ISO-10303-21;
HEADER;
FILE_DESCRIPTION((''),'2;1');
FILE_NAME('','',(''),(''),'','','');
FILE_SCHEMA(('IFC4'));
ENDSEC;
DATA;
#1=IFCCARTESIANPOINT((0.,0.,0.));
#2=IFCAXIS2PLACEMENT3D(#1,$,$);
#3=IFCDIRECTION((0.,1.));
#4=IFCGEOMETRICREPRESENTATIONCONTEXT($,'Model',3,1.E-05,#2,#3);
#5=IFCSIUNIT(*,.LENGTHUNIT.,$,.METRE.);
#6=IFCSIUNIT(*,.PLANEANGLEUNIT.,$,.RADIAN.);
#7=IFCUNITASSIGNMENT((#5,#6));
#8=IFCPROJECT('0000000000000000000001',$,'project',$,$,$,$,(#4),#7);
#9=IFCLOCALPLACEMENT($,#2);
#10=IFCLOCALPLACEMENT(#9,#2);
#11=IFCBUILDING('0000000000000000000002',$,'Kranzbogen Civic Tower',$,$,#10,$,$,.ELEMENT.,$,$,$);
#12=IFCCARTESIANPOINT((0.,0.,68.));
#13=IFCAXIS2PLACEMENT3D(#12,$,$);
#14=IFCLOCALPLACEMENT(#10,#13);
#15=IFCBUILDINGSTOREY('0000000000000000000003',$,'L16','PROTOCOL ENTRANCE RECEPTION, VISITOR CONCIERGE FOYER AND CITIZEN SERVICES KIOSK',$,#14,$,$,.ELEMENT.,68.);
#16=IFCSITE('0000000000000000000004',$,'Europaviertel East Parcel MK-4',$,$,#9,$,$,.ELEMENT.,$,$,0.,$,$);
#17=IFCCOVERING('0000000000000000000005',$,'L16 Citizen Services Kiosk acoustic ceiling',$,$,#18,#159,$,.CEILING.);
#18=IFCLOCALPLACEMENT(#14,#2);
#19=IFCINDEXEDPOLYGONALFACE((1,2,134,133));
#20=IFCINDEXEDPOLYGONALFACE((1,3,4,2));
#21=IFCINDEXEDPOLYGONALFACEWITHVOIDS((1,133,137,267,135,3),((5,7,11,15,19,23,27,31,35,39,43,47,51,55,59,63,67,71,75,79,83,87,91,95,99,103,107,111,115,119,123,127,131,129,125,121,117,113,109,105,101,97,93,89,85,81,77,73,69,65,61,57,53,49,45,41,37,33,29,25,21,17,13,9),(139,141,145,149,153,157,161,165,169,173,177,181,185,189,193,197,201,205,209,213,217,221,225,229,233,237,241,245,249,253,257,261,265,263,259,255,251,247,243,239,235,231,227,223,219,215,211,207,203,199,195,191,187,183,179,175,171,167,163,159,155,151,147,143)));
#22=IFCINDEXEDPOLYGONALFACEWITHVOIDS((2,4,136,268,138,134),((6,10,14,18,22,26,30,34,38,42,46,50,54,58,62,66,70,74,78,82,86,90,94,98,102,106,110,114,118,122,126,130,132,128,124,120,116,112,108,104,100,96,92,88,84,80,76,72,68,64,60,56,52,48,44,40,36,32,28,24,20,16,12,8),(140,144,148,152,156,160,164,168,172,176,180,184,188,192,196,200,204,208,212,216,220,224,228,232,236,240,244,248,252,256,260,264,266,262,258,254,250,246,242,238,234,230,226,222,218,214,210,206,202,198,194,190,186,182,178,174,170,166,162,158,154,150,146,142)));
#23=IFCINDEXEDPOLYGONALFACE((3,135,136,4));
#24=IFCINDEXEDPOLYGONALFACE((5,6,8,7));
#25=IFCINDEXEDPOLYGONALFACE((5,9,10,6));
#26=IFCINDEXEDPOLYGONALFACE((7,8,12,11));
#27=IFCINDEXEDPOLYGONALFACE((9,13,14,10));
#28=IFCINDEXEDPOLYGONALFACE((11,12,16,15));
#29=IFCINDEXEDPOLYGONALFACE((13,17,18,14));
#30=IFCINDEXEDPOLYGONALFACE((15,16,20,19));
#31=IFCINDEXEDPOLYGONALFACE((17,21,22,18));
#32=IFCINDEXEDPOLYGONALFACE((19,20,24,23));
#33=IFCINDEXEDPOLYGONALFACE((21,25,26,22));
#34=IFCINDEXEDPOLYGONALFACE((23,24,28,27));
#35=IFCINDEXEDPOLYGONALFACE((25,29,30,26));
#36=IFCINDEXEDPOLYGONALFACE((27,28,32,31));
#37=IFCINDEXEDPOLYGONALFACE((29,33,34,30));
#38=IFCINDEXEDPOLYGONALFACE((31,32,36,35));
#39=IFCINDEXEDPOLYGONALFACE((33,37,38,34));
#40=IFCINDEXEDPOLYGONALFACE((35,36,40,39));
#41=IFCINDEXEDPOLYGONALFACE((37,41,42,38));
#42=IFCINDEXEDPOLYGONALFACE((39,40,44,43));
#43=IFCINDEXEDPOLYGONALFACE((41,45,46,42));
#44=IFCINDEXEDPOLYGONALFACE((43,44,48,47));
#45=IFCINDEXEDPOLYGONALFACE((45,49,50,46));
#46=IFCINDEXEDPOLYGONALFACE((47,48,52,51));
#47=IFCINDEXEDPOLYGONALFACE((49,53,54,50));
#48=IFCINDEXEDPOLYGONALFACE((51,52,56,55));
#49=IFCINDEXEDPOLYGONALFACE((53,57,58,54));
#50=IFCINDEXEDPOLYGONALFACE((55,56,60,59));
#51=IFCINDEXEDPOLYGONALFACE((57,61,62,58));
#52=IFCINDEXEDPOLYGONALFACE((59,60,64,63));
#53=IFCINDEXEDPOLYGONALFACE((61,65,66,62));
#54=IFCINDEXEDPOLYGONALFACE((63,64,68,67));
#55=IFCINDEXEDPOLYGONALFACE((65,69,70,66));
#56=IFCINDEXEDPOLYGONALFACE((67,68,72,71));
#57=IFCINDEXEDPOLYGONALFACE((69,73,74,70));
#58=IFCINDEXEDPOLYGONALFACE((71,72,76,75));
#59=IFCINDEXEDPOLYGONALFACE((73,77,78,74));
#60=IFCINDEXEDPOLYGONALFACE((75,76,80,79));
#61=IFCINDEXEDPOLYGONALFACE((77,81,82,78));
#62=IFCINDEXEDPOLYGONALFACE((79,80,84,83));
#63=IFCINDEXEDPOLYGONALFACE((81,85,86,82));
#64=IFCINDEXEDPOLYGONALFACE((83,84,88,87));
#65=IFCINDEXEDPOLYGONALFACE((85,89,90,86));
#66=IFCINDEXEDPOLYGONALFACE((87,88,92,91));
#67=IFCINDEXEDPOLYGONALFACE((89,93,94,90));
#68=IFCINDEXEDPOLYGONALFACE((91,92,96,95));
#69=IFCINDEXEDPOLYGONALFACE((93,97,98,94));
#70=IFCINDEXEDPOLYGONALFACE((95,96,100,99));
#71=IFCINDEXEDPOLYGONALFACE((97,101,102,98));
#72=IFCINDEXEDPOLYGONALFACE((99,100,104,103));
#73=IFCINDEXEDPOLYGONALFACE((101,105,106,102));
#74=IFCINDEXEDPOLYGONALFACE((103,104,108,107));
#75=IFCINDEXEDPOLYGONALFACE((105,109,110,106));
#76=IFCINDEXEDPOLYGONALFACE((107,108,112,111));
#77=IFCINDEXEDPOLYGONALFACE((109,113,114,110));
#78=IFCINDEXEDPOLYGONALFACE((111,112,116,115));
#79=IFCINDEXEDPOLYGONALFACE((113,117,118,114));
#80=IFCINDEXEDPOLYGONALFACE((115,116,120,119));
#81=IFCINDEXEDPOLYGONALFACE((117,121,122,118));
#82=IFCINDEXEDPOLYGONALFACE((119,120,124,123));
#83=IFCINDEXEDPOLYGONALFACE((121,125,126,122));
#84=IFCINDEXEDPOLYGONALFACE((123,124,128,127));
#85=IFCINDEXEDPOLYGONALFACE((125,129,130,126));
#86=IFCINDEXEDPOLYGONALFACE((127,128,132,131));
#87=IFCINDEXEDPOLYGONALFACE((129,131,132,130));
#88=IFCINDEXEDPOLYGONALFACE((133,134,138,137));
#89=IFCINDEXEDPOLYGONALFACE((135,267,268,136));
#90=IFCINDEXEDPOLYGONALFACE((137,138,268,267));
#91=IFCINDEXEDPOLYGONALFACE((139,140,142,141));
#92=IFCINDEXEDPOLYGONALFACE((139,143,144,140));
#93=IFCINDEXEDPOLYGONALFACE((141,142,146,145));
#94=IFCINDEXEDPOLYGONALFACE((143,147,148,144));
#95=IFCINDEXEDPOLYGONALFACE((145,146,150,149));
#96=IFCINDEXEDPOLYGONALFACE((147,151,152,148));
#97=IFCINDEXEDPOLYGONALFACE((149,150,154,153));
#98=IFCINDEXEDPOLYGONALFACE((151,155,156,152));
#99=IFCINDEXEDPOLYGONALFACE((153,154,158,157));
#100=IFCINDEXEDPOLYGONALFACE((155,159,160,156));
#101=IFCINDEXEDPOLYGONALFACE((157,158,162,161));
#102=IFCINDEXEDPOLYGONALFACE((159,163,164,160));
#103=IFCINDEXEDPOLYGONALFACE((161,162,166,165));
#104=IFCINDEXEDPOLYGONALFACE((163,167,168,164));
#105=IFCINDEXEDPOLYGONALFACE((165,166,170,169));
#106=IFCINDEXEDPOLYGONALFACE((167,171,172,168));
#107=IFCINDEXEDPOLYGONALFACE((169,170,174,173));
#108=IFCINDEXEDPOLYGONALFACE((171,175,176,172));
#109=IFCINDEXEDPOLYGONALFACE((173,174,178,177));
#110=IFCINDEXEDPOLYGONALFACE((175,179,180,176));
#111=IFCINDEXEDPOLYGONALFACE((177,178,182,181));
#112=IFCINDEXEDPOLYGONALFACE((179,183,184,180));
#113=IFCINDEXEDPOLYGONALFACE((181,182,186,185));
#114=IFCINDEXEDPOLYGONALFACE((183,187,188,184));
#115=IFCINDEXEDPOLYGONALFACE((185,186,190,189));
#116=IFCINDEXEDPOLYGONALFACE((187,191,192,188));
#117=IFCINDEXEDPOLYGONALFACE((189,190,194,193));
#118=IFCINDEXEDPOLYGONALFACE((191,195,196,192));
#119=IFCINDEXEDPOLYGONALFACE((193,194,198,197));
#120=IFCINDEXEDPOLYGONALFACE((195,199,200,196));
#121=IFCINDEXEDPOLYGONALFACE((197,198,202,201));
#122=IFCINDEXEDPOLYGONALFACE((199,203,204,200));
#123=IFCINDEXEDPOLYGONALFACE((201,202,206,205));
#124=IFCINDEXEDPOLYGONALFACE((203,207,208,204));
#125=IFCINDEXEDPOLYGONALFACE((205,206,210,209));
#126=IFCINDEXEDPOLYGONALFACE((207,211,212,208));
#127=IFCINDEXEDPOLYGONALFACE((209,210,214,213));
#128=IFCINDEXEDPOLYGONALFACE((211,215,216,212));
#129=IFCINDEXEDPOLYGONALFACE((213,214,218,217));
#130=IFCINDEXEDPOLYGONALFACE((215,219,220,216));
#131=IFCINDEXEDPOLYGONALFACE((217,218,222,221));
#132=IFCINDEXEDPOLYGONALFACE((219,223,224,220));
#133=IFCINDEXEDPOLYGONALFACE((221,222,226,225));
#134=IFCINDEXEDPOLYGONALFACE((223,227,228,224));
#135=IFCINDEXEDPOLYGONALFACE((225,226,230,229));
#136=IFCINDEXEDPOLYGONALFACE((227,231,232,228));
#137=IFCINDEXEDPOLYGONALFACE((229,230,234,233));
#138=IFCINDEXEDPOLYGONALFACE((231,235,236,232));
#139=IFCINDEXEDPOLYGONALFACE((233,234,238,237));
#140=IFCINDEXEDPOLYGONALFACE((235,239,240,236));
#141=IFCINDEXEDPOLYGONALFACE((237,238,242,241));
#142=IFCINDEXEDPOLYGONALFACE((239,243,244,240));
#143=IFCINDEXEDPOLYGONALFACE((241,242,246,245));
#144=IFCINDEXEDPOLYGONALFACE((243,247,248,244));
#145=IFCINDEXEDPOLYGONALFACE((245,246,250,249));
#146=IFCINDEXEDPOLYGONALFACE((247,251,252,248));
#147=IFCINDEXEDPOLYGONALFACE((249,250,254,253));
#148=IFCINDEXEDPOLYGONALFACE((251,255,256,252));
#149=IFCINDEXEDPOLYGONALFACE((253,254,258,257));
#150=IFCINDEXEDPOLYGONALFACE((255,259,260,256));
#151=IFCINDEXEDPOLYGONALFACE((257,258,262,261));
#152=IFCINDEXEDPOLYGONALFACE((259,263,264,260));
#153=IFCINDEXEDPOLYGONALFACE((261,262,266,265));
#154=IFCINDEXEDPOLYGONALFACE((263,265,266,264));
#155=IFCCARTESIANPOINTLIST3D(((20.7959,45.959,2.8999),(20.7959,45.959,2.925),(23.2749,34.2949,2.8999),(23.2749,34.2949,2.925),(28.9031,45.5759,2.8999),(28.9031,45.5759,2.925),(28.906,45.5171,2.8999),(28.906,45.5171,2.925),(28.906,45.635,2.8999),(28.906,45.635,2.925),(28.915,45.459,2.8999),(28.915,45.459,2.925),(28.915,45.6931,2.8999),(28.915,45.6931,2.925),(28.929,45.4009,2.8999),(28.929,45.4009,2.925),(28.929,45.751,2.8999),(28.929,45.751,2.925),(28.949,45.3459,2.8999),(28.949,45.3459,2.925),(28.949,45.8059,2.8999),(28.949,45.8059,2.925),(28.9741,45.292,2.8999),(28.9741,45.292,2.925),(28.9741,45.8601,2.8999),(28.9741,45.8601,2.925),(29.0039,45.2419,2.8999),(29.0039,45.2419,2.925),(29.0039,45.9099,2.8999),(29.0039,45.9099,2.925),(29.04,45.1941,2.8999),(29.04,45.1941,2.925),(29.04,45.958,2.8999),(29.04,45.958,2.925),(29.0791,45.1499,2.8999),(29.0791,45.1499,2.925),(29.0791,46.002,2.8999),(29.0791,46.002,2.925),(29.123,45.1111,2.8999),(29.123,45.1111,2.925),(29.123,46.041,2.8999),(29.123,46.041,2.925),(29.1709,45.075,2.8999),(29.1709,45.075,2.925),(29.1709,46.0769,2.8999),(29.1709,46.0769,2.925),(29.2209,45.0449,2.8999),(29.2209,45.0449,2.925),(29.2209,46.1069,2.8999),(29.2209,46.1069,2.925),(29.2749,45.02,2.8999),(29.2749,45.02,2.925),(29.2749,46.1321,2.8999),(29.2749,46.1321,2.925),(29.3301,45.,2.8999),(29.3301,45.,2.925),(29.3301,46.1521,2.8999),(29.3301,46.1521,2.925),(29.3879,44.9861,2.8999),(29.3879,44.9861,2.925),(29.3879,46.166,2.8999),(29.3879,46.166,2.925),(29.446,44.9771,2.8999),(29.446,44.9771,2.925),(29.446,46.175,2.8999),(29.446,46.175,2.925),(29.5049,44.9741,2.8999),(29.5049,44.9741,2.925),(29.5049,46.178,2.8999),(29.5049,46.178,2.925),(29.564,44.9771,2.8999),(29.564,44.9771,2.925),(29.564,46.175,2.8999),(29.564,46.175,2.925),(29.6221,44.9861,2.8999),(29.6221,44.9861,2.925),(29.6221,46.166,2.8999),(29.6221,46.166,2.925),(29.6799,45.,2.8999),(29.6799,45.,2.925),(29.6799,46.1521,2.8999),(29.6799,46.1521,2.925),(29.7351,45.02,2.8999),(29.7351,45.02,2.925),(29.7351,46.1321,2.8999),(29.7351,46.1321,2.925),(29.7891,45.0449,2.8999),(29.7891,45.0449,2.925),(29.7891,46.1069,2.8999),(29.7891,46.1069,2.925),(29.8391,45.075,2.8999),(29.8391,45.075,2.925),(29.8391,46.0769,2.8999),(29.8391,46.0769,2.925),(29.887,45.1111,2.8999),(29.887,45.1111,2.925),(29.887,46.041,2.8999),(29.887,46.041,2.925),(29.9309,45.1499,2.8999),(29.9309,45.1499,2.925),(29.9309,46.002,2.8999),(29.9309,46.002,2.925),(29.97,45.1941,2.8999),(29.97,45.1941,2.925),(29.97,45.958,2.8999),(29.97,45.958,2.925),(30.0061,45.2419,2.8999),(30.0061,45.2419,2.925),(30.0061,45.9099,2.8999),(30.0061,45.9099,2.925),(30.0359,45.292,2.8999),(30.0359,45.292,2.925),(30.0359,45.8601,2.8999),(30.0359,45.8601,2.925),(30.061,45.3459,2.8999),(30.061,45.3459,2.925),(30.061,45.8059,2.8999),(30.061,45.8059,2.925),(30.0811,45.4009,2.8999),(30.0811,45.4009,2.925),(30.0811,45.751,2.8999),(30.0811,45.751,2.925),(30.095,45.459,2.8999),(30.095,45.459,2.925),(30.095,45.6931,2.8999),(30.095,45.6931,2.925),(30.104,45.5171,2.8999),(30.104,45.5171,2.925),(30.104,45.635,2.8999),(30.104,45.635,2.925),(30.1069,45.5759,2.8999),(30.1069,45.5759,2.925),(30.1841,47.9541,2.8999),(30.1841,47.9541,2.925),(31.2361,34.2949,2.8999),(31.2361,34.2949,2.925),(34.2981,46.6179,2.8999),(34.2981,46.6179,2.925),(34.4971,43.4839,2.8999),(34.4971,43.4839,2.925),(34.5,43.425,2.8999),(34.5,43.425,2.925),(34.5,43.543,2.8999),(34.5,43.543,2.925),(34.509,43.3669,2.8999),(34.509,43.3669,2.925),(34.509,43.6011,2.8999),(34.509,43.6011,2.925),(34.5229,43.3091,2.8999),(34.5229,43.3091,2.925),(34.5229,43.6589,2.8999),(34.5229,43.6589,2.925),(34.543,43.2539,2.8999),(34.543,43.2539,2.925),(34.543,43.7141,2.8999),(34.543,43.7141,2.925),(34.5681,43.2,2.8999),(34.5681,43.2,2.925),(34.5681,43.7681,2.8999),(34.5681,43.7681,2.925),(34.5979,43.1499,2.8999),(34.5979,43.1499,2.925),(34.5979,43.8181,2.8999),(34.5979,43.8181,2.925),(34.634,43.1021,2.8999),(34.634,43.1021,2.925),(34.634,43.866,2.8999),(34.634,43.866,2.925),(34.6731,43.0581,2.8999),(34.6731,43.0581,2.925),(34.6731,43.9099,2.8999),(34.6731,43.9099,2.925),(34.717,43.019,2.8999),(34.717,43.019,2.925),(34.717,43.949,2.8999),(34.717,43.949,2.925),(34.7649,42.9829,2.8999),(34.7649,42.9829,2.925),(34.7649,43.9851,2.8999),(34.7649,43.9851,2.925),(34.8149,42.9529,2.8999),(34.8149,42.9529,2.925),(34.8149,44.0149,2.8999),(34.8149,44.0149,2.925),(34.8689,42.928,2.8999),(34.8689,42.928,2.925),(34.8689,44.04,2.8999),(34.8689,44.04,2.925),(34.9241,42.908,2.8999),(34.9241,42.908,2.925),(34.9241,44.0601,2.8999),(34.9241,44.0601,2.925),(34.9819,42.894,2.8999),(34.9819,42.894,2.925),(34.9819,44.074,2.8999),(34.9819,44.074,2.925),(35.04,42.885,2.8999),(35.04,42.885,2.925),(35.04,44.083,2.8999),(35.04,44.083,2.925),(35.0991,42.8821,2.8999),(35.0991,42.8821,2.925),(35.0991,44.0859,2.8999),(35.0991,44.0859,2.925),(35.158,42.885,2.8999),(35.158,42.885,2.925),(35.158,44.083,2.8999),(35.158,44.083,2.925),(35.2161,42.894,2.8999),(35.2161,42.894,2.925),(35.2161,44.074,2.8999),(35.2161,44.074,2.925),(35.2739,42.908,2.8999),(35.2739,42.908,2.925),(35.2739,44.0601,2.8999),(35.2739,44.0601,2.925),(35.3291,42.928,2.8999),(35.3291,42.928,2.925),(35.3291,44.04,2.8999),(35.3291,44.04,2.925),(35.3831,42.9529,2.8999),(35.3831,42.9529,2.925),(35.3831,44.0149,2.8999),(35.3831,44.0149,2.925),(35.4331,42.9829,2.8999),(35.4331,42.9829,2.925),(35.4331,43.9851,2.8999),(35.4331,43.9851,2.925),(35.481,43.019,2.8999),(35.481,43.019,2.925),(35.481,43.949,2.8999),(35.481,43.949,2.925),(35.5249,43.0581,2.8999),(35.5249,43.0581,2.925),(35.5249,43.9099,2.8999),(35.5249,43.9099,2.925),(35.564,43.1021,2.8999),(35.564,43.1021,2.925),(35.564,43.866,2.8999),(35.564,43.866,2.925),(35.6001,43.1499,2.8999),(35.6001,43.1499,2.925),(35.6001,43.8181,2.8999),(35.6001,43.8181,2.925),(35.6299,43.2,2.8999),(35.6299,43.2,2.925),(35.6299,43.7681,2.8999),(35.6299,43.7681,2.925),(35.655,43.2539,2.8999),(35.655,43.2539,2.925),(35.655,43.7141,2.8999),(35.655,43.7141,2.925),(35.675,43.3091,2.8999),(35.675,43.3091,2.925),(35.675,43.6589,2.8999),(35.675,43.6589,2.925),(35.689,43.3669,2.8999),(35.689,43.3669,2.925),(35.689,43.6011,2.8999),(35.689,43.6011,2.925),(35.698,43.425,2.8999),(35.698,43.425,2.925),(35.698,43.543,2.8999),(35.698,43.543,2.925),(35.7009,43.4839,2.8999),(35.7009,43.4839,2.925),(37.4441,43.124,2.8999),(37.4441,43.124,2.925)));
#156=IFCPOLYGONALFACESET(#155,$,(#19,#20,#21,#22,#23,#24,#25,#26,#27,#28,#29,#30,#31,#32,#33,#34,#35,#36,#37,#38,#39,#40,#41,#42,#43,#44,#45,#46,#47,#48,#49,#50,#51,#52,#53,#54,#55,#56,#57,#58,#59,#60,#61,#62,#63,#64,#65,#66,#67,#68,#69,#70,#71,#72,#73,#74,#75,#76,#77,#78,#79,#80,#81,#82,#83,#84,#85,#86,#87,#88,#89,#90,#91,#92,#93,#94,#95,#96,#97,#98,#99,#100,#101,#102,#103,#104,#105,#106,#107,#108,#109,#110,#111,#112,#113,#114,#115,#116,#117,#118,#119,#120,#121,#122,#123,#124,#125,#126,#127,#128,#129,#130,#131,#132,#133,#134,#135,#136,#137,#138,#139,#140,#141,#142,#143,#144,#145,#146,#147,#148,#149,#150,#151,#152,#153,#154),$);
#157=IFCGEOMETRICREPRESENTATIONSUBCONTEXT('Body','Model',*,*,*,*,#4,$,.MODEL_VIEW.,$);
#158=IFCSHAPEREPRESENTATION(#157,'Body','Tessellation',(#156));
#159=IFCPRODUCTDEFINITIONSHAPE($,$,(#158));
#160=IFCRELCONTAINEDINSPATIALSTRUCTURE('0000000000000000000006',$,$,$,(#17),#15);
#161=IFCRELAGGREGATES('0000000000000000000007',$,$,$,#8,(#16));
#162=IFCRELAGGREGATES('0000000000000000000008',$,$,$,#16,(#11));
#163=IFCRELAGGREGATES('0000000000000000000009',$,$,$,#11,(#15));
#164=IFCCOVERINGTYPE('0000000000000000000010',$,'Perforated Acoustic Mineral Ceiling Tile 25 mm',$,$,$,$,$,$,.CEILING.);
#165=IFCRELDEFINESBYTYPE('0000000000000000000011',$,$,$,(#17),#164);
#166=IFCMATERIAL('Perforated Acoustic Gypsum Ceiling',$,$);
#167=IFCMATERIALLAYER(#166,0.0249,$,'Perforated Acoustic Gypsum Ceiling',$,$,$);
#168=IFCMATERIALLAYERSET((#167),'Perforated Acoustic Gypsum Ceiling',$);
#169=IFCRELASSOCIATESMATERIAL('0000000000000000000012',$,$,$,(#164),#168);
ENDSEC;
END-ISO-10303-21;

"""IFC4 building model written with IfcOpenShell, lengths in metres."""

from ifc_helpers import new_model, si_unit, direction, frame, origin, place, context, subcontext, project, spatial, polyline, outline, extrude, material, layer, layer_set, type_object, element, save


model = new_model("IFC4")

# Units and contexts
model_context = context("Model", 3, precision=1e-05, world=origin(), true_north=direction((0.0, 1.0)))
body_context = subcontext(model_context, "Body", "Model", "MODEL_VIEW")
ifc_project = project(units=[si_unit("LENGTHUNIT", "METRE"), si_unit("PLANEANGLEUNIT", "RADIAN")], contexts=[model_context])

# Site, building, storey
site_placement = place(None, origin())
site = spatial("IfcSite", under=ifc_project, at=site_placement, Name="Europaviertel East Parcel MK-4", CompositionType="ELEMENT", RefElevation=0.0)
building_placement = place(site_placement, origin())
building = spatial("IfcBuilding", under=site, at=building_placement, Name="Kranzbogen Civic Tower", CompositionType="ELEMENT")
storey_placement = place(building_placement, frame((0.0, 0.0, 68.0)))
storey = spatial("IfcBuildingStorey", under=building, at=storey_placement, Name="L16", Description="PROTOCOL ENTRANCE RECEPTION, VISITOR CONCIERGE FOYER AND CITIZEN SERVICES KIOSK", CompositionType="ELEMENT", Elevation=68.0)

# Covering
ifc_material_1 = material(Name="Perforated Acoustic Gypsum Ceiling")
ifc_layer_1 = layer(ifc_material_1, 0.0249, Name="Perforated Acoustic Gypsum Ceiling")
ifc_layer_set_1 = layer_set([ifc_layer_1], Name="Perforated Acoustic Gypsum Ceiling")
covering_type = type_object("IfcCoveringType", Name="Perforated Acoustic Mineral Ceiling Tile 25 mm", PredefinedType="CEILING", material=ifc_layer_set_1)
covering_1_placement = place(storey_placement, frame((0.0, 0.0, 2.8999)))
element("IfcCovering", 1, at=covering_1_placement, inside=storey, type_object=covering_type, Name="L16 Citizen Services Kiosk acoustic ceiling", PredefinedType="CEILING", context=body_context, shape_type="SweptSolid", body=[
    extrude(outline(polyline([(34.2981, 46.6179), (37.4441, 43.124), (31.2361, 34.2949), (23.2749, 34.2949), (20.7959, 45.959), (30.1841, 47.9541), (34.2981, 46.6179)]), holes=[polyline([(35.655, 43.2539), (35.6299, 43.2), (35.6001, 43.1499), (35.564, 43.1021), (35.5249, 43.0581), (35.481, 43.019), (35.4331, 42.9829), (35.3831, 42.9529), (35.3291, 42.928), (35.2739, 42.908), (35.2161, 42.894), (35.158, 42.885), (35.0991, 42.8821), (35.04, 42.885), (34.9819, 42.894), (34.9241, 42.908), (34.8689, 42.928), (34.8149, 42.9529), (34.7649, 42.9829), (34.717, 43.019), (34.6731, 43.0581), (34.634, 43.1021), (34.5979, 43.1499), (34.5681, 43.2), (34.543, 43.2539), (34.5229, 43.3091), (34.509, 43.3669), (34.5, 43.425), (34.4971, 43.4839), (34.5, 43.543), (34.509, 43.6011), (34.5229, 43.6589), (34.543, 43.7141), (34.5681, 43.7681), (34.5979, 43.8181), (34.634, 43.866), (34.6731, 43.9099), (34.717, 43.949), (34.7649, 43.9851), (34.8149, 44.0149), (34.8689, 44.04), (34.9241, 44.0601), (34.9819, 44.074), (35.04, 44.083), (35.0991, 44.0859), (35.158, 44.083), (35.2161, 44.074), (35.2739, 44.0601), (35.3291, 44.04), (35.3831, 44.0149), (35.4331, 43.9851), (35.481, 43.949), (35.5249, 43.9099), (35.564, 43.866), (35.6001, 43.8181), (35.6299, 43.7681), (35.655, 43.7141), (35.675, 43.6589), (35.689, 43.6011), (35.698, 43.543), (35.7009, 43.4839), (35.698, 43.425), (35.689, 43.3669), (35.675, 43.3091), (35.655, 43.2539)]), polyline([(30.061, 45.3459), (30.0359, 45.292), (30.0061, 45.2419), (29.97, 45.1941), (29.9309, 45.1499), (29.887, 45.1111), (29.8391, 45.075), (29.7891, 45.0449), (29.7351, 45.02), (29.6799, 45.0), (29.6221, 44.9861), (29.564, 44.9771), (29.5049, 44.9741), (29.446, 44.9771), (29.3879, 44.9861), (29.3301, 45.0), (29.2749, 45.02), (29.2209, 45.0449), (29.1709, 45.075), (29.123, 45.1111), (29.0791, 45.1499), (29.04, 45.1941), (29.0039, 45.2419), (28.9741, 45.292), (28.949, 45.3459), (28.929, 45.4009), (28.915, 45.459), (28.906, 45.5171), (28.9031, 45.5759), (28.906, 45.635), (28.915, 45.6931), (28.929, 45.751), (28.949, 45.8059), (28.9741, 45.8601), (29.0039, 45.9099), (29.04, 45.958), (29.0791, 46.002), (29.123, 46.041), (29.1709, 46.0769), (29.2209, 46.1069), (29.2749, 46.1321), (29.3301, 46.1521), (29.3879, 46.166), (29.446, 46.175), (29.5049, 46.178), (29.564, 46.175), (29.6221, 46.166), (29.6799, 46.1521), (29.7351, 46.1321), (29.7891, 46.1069), (29.8391, 46.0769), (29.887, 46.041), (29.9309, 46.002), (29.97, 45.958), (30.0061, 45.9099), (30.0359, 45.8601), (30.061, 45.8059), (30.0811, 45.751), (30.095, 45.6931), (30.104, 45.635), (30.1069, 45.5759), (30.104, 45.5171), (30.095, 45.459), (30.0811, 45.4009), (30.061, 45.3459)])]), origin(), (0.0, 0.0, 1.0), 0.0251),
])

save(model, "model.ifc")
